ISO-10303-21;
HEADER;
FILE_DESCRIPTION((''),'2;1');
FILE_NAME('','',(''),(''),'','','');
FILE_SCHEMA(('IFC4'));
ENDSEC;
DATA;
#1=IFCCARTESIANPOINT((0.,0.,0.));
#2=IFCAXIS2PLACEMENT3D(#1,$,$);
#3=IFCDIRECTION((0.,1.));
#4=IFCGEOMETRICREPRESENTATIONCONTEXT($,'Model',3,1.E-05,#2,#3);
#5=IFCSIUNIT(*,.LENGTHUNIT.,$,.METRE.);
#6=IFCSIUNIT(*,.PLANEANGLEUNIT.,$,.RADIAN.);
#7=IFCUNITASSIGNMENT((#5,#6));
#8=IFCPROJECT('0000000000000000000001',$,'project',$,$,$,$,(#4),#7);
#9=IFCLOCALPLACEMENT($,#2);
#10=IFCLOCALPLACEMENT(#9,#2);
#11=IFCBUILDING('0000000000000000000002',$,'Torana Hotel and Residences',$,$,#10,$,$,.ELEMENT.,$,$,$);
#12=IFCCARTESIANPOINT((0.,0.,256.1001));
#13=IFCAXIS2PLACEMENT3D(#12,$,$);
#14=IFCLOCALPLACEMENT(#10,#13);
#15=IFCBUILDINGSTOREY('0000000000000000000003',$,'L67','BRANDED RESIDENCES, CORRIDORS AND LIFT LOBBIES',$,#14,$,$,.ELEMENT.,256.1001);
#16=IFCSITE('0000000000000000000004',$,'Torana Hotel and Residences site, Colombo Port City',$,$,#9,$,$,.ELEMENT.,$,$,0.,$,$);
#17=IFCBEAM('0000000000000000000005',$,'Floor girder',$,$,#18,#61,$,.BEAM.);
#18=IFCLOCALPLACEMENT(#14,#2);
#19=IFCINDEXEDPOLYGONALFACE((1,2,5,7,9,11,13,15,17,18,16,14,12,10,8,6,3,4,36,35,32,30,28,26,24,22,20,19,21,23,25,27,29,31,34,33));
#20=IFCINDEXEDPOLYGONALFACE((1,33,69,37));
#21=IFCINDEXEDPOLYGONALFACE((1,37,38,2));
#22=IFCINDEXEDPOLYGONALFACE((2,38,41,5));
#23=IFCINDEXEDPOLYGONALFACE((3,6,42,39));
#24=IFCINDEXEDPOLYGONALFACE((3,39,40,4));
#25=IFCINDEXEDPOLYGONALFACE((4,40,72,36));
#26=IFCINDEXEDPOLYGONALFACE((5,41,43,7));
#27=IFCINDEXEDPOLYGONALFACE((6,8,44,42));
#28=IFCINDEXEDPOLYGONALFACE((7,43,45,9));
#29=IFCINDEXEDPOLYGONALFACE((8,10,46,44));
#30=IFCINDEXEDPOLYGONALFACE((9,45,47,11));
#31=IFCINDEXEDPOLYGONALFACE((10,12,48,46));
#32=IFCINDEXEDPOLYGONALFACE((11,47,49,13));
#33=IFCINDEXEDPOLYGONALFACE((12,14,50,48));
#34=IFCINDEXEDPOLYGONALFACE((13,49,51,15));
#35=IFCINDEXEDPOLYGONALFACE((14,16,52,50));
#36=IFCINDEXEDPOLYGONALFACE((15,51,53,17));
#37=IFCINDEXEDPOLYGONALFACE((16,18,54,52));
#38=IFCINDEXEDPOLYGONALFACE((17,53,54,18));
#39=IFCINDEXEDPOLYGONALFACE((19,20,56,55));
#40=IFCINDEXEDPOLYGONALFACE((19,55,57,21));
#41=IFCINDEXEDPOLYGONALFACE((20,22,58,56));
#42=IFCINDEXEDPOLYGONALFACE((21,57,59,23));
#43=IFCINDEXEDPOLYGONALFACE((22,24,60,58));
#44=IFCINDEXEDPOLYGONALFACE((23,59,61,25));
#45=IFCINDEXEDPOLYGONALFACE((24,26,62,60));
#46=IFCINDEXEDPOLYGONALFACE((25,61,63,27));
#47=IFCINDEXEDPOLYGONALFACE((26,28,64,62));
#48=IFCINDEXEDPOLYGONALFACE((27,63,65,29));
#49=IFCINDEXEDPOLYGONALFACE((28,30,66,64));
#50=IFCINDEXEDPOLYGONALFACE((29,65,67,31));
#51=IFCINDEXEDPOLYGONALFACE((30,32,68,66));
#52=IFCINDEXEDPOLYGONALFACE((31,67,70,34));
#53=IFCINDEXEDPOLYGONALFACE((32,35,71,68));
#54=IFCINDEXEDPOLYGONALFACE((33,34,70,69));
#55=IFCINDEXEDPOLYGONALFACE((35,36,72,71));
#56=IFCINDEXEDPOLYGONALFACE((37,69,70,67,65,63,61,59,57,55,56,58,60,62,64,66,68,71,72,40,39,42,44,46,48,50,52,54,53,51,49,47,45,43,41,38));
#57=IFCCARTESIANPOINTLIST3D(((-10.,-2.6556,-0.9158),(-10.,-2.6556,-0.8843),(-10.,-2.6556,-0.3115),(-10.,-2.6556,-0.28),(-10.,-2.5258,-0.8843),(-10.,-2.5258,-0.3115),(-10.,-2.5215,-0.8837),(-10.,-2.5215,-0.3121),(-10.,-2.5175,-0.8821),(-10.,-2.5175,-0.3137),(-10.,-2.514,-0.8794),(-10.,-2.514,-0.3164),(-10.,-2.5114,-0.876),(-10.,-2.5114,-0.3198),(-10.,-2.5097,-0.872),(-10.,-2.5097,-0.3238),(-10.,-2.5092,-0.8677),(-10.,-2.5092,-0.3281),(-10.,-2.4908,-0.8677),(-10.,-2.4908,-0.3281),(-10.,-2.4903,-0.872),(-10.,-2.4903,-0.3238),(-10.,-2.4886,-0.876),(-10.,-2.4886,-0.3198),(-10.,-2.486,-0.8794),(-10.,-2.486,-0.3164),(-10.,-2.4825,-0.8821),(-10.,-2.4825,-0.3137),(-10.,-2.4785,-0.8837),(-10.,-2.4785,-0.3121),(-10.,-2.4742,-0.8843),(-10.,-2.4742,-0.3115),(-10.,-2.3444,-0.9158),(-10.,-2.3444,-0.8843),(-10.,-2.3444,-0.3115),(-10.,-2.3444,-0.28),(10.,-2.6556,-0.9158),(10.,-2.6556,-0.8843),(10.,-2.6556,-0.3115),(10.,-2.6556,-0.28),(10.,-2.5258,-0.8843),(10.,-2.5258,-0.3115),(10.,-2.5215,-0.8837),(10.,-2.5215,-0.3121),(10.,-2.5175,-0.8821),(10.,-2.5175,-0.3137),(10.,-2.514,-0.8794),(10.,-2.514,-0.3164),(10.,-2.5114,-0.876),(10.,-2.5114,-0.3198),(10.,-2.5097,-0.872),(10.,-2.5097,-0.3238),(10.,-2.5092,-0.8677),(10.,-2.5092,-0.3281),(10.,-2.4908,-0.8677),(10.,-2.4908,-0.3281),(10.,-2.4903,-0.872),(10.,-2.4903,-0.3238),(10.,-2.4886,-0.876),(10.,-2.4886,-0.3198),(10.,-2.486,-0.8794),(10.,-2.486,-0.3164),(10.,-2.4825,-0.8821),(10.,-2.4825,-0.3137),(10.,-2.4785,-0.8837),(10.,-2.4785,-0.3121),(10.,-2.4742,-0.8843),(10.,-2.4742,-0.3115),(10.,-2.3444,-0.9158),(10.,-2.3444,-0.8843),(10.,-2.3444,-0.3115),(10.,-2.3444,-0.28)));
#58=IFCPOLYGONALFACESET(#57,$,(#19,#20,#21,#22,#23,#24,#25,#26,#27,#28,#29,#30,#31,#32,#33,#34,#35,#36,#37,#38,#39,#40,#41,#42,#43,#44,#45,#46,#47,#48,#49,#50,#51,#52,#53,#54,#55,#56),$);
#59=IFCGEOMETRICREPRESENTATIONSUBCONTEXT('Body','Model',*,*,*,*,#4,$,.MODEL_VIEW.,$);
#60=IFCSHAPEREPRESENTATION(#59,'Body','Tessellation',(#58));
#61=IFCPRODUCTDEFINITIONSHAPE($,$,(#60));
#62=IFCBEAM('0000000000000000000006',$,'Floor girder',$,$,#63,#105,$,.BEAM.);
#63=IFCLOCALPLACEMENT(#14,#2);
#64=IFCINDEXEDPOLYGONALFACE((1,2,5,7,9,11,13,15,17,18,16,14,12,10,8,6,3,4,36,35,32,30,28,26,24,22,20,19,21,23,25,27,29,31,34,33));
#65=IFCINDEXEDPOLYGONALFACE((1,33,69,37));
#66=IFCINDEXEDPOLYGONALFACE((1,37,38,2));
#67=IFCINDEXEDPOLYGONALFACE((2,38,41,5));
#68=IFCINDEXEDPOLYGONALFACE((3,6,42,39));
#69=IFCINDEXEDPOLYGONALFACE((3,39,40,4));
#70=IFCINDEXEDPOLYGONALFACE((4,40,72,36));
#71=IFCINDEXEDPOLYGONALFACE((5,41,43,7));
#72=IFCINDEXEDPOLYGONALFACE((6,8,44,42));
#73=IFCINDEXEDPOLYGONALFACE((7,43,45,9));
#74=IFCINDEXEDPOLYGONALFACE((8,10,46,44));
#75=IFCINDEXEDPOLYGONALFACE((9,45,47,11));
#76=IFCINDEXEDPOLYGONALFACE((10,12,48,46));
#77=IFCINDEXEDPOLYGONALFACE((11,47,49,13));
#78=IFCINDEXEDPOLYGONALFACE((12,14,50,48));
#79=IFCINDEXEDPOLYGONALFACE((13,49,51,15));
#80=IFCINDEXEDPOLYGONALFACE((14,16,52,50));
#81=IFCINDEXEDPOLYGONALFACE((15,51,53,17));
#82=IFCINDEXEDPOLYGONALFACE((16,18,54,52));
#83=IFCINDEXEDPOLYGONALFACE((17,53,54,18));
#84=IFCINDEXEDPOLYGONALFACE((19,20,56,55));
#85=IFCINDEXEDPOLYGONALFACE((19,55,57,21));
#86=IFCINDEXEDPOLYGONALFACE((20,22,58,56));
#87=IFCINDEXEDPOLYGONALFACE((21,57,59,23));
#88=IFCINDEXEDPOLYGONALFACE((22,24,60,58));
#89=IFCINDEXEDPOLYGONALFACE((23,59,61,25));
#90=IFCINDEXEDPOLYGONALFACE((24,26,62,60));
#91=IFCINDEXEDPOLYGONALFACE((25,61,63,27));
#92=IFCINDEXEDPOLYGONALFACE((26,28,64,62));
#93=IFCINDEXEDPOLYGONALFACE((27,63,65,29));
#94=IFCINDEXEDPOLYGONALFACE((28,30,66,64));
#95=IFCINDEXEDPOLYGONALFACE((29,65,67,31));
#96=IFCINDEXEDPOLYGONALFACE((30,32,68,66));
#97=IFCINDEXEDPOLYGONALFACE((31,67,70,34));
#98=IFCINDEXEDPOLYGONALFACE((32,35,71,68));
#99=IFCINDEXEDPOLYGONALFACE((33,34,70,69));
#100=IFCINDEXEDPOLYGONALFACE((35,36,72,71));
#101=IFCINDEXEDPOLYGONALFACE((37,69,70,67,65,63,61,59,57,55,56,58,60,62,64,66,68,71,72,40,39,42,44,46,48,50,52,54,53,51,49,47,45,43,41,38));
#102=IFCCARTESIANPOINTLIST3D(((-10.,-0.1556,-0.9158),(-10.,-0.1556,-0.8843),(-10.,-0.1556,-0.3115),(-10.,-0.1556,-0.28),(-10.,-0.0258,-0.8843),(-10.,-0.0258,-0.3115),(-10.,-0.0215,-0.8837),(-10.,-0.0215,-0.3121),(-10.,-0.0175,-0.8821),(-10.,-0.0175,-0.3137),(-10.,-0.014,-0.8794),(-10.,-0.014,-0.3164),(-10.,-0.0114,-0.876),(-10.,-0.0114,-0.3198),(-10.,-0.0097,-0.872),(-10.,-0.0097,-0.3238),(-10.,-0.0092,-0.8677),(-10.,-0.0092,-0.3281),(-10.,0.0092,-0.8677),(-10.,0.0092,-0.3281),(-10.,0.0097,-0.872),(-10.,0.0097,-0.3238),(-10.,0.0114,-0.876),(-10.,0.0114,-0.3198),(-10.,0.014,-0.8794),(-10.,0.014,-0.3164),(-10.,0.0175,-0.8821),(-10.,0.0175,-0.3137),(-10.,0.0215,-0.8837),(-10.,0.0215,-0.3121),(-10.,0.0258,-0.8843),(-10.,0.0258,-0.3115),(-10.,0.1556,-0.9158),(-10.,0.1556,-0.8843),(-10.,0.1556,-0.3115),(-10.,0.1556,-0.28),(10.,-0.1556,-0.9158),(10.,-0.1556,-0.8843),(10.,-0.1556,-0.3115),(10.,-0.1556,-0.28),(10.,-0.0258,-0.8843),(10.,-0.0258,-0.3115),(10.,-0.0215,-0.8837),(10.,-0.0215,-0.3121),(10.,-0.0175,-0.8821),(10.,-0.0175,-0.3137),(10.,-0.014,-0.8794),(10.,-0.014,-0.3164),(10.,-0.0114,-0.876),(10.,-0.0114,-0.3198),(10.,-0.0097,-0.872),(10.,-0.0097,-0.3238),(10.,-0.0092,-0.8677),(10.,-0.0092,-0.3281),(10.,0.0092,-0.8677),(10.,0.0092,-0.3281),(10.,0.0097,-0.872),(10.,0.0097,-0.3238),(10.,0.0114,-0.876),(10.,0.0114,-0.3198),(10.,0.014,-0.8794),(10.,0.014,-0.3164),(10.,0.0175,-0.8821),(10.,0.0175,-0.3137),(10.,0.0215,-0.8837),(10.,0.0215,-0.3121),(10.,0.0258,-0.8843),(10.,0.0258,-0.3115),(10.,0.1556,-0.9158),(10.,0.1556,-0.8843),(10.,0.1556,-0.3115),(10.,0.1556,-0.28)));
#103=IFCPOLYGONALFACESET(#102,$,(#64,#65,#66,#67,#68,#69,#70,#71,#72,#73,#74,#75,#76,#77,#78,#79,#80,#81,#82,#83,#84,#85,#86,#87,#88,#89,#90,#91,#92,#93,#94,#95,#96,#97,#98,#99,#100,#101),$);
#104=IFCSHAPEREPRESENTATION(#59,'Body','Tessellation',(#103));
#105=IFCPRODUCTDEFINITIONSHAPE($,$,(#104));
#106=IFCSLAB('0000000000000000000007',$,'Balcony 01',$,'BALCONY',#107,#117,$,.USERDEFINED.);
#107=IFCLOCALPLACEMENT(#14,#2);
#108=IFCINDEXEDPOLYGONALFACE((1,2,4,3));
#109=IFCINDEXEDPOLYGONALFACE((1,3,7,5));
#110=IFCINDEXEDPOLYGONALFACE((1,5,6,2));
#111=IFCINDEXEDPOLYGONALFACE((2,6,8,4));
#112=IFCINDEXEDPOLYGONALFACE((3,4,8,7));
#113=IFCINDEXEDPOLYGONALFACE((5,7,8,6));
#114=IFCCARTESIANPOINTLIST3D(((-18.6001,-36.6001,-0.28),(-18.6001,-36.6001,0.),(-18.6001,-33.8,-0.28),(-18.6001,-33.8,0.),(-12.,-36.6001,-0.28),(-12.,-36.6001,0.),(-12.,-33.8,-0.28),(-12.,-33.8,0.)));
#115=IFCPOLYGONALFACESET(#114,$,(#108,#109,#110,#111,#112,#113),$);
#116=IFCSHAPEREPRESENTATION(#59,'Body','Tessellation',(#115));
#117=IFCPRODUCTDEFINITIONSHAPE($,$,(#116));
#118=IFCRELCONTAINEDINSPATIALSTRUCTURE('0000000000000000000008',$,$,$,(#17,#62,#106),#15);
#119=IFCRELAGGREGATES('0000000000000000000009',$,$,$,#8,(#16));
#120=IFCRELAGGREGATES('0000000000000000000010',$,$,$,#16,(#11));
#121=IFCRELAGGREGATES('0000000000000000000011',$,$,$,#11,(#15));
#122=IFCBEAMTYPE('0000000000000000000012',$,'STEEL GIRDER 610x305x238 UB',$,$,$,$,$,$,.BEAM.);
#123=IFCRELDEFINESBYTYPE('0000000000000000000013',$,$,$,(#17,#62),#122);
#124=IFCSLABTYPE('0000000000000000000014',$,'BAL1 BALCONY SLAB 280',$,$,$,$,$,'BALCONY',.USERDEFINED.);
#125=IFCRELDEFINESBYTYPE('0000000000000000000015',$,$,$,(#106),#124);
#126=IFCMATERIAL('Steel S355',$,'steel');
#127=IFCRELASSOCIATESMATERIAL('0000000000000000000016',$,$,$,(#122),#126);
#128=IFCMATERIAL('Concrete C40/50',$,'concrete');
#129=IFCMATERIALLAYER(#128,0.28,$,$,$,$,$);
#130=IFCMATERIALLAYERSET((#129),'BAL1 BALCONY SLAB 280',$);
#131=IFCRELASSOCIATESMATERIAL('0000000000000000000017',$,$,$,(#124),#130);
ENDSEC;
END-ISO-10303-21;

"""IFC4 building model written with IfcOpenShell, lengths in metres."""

from ifc_helpers import new_model, si_unit, direction, frame, origin, origin_2d, place, context, subcontext, project, spatial, polyline, i_section, outline, extrude, material, layer, layer_set, material_profile, profile_set, type_object, element, save


model = new_model("IFC4")

# Units and contexts
model_context = context("Model", 3, precision=1e-05, world=origin(), true_north=direction((0.0, 1.0)))
body_context = subcontext(model_context, "Body", "Model", "MODEL_VIEW")
ifc_project = project(units=[si_unit("LENGTHUNIT", "METRE"), si_unit("PLANEANGLEUNIT", "RADIAN")], contexts=[model_context])

# Site, building, storey
site_placement = place(None, origin())
site = spatial("IfcSite", under=ifc_project, at=site_placement, Name="Torana Hotel and Residences site, Colombo Port City", CompositionType="ELEMENT", RefElevation=0.0)
building_placement = place(site_placement, origin())
building = spatial("IfcBuilding", under=site, at=building_placement, Name="Torana Hotel and Residences", CompositionType="ELEMENT")
storey_placement = place(building_placement, frame((0.0, 0.0, 256.1001)))
storey = spatial("IfcBuildingStorey", under=building, at=storey_placement, Name="L67", Description="BRANDED RESIDENCES, CORRIDORS AND LIFT LOBBIES", CompositionType="ELEMENT", Elevation=256.1001)

# Beams
ifc_material_1 = material(Name="Steel S355", Category="steel")
ifc_material_profile = material_profile(ifc_material_1, i_section(OverallWidth=0.3113, OverallDepth=0.6357, WebThickness=0.0183, FlangeThickness=0.0315, FilletRadius=0.0166, at=origin_2d()), Name="610x305x238 UB")
ifc_profile_set = profile_set([ifc_material_profile], Name="Steel S355")
beam_type = type_object("IfcBeamType", Name="STEEL GIRDER 610x305x238 UB", PredefinedType="BEAM", material=ifc_profile_set)
for number, where, z_axis, x_axis, name in (
    (1, (-10.0, -2.5, -0.5979), (1.0, 0.0, 0.0), (0.0, 1.0, 0.0), "Floor girder"),
    (2, (-10.0, 0.0, -0.5979), (1.0, 0.0, 0.0), (0.0, 1.0, 0.0), "Floor girder"),
):
    element("IfcBeam", number, at=place(storey_placement, frame(where, z_axis=z_axis, x_axis=x_axis)), inside=storey, type_object=beam_type, Name=name, PredefinedType="BEAM", context=body_context, shape_type="SweptSolid", body=[
        extrude(i_section(OverallWidth=0.3113, OverallDepth=0.6357, WebThickness=0.0183, FlangeThickness=0.0315, FilletRadius=0.0166, at=origin_2d()), origin(), (0.0, 0.0, 1.0), 20.0),
    ])

# Slab
ifc_material_2 = material(Name="Concrete C40/50", Category="concrete")
ifc_layer_1 = layer(ifc_material_2, 0.28)
ifc_layer_set_1 = layer_set([ifc_layer_1], Name="BAL1 BALCONY SLAB 280")
slab_type_1 = type_object("IfcSlabType", Name="BAL1 BALCONY SLAB 280", ElementType="BALCONY", PredefinedType="USERDEFINED", material=ifc_layer_set_1)
slab_1_placement = place(storey_placement, frame((0.0, 0.0, -0.28)))
element("IfcSlab", 3, at=slab_1_placement, inside=storey, type_object=slab_type_1, Name="Balcony 01", ObjectType="BALCONY", PredefinedType="USERDEFINED", context=body_context, shape_type="SweptSolid", body=[
    extrude(outline(polyline([(-18.6001, -36.6001), (-12.0, -36.6001), (-12.0, -33.8), (-18.6001, -33.8), (-18.6001, -36.6001)])), origin(), (0.0, 0.0, 1.0), 0.28),
])

save(model, "model.ifc")
